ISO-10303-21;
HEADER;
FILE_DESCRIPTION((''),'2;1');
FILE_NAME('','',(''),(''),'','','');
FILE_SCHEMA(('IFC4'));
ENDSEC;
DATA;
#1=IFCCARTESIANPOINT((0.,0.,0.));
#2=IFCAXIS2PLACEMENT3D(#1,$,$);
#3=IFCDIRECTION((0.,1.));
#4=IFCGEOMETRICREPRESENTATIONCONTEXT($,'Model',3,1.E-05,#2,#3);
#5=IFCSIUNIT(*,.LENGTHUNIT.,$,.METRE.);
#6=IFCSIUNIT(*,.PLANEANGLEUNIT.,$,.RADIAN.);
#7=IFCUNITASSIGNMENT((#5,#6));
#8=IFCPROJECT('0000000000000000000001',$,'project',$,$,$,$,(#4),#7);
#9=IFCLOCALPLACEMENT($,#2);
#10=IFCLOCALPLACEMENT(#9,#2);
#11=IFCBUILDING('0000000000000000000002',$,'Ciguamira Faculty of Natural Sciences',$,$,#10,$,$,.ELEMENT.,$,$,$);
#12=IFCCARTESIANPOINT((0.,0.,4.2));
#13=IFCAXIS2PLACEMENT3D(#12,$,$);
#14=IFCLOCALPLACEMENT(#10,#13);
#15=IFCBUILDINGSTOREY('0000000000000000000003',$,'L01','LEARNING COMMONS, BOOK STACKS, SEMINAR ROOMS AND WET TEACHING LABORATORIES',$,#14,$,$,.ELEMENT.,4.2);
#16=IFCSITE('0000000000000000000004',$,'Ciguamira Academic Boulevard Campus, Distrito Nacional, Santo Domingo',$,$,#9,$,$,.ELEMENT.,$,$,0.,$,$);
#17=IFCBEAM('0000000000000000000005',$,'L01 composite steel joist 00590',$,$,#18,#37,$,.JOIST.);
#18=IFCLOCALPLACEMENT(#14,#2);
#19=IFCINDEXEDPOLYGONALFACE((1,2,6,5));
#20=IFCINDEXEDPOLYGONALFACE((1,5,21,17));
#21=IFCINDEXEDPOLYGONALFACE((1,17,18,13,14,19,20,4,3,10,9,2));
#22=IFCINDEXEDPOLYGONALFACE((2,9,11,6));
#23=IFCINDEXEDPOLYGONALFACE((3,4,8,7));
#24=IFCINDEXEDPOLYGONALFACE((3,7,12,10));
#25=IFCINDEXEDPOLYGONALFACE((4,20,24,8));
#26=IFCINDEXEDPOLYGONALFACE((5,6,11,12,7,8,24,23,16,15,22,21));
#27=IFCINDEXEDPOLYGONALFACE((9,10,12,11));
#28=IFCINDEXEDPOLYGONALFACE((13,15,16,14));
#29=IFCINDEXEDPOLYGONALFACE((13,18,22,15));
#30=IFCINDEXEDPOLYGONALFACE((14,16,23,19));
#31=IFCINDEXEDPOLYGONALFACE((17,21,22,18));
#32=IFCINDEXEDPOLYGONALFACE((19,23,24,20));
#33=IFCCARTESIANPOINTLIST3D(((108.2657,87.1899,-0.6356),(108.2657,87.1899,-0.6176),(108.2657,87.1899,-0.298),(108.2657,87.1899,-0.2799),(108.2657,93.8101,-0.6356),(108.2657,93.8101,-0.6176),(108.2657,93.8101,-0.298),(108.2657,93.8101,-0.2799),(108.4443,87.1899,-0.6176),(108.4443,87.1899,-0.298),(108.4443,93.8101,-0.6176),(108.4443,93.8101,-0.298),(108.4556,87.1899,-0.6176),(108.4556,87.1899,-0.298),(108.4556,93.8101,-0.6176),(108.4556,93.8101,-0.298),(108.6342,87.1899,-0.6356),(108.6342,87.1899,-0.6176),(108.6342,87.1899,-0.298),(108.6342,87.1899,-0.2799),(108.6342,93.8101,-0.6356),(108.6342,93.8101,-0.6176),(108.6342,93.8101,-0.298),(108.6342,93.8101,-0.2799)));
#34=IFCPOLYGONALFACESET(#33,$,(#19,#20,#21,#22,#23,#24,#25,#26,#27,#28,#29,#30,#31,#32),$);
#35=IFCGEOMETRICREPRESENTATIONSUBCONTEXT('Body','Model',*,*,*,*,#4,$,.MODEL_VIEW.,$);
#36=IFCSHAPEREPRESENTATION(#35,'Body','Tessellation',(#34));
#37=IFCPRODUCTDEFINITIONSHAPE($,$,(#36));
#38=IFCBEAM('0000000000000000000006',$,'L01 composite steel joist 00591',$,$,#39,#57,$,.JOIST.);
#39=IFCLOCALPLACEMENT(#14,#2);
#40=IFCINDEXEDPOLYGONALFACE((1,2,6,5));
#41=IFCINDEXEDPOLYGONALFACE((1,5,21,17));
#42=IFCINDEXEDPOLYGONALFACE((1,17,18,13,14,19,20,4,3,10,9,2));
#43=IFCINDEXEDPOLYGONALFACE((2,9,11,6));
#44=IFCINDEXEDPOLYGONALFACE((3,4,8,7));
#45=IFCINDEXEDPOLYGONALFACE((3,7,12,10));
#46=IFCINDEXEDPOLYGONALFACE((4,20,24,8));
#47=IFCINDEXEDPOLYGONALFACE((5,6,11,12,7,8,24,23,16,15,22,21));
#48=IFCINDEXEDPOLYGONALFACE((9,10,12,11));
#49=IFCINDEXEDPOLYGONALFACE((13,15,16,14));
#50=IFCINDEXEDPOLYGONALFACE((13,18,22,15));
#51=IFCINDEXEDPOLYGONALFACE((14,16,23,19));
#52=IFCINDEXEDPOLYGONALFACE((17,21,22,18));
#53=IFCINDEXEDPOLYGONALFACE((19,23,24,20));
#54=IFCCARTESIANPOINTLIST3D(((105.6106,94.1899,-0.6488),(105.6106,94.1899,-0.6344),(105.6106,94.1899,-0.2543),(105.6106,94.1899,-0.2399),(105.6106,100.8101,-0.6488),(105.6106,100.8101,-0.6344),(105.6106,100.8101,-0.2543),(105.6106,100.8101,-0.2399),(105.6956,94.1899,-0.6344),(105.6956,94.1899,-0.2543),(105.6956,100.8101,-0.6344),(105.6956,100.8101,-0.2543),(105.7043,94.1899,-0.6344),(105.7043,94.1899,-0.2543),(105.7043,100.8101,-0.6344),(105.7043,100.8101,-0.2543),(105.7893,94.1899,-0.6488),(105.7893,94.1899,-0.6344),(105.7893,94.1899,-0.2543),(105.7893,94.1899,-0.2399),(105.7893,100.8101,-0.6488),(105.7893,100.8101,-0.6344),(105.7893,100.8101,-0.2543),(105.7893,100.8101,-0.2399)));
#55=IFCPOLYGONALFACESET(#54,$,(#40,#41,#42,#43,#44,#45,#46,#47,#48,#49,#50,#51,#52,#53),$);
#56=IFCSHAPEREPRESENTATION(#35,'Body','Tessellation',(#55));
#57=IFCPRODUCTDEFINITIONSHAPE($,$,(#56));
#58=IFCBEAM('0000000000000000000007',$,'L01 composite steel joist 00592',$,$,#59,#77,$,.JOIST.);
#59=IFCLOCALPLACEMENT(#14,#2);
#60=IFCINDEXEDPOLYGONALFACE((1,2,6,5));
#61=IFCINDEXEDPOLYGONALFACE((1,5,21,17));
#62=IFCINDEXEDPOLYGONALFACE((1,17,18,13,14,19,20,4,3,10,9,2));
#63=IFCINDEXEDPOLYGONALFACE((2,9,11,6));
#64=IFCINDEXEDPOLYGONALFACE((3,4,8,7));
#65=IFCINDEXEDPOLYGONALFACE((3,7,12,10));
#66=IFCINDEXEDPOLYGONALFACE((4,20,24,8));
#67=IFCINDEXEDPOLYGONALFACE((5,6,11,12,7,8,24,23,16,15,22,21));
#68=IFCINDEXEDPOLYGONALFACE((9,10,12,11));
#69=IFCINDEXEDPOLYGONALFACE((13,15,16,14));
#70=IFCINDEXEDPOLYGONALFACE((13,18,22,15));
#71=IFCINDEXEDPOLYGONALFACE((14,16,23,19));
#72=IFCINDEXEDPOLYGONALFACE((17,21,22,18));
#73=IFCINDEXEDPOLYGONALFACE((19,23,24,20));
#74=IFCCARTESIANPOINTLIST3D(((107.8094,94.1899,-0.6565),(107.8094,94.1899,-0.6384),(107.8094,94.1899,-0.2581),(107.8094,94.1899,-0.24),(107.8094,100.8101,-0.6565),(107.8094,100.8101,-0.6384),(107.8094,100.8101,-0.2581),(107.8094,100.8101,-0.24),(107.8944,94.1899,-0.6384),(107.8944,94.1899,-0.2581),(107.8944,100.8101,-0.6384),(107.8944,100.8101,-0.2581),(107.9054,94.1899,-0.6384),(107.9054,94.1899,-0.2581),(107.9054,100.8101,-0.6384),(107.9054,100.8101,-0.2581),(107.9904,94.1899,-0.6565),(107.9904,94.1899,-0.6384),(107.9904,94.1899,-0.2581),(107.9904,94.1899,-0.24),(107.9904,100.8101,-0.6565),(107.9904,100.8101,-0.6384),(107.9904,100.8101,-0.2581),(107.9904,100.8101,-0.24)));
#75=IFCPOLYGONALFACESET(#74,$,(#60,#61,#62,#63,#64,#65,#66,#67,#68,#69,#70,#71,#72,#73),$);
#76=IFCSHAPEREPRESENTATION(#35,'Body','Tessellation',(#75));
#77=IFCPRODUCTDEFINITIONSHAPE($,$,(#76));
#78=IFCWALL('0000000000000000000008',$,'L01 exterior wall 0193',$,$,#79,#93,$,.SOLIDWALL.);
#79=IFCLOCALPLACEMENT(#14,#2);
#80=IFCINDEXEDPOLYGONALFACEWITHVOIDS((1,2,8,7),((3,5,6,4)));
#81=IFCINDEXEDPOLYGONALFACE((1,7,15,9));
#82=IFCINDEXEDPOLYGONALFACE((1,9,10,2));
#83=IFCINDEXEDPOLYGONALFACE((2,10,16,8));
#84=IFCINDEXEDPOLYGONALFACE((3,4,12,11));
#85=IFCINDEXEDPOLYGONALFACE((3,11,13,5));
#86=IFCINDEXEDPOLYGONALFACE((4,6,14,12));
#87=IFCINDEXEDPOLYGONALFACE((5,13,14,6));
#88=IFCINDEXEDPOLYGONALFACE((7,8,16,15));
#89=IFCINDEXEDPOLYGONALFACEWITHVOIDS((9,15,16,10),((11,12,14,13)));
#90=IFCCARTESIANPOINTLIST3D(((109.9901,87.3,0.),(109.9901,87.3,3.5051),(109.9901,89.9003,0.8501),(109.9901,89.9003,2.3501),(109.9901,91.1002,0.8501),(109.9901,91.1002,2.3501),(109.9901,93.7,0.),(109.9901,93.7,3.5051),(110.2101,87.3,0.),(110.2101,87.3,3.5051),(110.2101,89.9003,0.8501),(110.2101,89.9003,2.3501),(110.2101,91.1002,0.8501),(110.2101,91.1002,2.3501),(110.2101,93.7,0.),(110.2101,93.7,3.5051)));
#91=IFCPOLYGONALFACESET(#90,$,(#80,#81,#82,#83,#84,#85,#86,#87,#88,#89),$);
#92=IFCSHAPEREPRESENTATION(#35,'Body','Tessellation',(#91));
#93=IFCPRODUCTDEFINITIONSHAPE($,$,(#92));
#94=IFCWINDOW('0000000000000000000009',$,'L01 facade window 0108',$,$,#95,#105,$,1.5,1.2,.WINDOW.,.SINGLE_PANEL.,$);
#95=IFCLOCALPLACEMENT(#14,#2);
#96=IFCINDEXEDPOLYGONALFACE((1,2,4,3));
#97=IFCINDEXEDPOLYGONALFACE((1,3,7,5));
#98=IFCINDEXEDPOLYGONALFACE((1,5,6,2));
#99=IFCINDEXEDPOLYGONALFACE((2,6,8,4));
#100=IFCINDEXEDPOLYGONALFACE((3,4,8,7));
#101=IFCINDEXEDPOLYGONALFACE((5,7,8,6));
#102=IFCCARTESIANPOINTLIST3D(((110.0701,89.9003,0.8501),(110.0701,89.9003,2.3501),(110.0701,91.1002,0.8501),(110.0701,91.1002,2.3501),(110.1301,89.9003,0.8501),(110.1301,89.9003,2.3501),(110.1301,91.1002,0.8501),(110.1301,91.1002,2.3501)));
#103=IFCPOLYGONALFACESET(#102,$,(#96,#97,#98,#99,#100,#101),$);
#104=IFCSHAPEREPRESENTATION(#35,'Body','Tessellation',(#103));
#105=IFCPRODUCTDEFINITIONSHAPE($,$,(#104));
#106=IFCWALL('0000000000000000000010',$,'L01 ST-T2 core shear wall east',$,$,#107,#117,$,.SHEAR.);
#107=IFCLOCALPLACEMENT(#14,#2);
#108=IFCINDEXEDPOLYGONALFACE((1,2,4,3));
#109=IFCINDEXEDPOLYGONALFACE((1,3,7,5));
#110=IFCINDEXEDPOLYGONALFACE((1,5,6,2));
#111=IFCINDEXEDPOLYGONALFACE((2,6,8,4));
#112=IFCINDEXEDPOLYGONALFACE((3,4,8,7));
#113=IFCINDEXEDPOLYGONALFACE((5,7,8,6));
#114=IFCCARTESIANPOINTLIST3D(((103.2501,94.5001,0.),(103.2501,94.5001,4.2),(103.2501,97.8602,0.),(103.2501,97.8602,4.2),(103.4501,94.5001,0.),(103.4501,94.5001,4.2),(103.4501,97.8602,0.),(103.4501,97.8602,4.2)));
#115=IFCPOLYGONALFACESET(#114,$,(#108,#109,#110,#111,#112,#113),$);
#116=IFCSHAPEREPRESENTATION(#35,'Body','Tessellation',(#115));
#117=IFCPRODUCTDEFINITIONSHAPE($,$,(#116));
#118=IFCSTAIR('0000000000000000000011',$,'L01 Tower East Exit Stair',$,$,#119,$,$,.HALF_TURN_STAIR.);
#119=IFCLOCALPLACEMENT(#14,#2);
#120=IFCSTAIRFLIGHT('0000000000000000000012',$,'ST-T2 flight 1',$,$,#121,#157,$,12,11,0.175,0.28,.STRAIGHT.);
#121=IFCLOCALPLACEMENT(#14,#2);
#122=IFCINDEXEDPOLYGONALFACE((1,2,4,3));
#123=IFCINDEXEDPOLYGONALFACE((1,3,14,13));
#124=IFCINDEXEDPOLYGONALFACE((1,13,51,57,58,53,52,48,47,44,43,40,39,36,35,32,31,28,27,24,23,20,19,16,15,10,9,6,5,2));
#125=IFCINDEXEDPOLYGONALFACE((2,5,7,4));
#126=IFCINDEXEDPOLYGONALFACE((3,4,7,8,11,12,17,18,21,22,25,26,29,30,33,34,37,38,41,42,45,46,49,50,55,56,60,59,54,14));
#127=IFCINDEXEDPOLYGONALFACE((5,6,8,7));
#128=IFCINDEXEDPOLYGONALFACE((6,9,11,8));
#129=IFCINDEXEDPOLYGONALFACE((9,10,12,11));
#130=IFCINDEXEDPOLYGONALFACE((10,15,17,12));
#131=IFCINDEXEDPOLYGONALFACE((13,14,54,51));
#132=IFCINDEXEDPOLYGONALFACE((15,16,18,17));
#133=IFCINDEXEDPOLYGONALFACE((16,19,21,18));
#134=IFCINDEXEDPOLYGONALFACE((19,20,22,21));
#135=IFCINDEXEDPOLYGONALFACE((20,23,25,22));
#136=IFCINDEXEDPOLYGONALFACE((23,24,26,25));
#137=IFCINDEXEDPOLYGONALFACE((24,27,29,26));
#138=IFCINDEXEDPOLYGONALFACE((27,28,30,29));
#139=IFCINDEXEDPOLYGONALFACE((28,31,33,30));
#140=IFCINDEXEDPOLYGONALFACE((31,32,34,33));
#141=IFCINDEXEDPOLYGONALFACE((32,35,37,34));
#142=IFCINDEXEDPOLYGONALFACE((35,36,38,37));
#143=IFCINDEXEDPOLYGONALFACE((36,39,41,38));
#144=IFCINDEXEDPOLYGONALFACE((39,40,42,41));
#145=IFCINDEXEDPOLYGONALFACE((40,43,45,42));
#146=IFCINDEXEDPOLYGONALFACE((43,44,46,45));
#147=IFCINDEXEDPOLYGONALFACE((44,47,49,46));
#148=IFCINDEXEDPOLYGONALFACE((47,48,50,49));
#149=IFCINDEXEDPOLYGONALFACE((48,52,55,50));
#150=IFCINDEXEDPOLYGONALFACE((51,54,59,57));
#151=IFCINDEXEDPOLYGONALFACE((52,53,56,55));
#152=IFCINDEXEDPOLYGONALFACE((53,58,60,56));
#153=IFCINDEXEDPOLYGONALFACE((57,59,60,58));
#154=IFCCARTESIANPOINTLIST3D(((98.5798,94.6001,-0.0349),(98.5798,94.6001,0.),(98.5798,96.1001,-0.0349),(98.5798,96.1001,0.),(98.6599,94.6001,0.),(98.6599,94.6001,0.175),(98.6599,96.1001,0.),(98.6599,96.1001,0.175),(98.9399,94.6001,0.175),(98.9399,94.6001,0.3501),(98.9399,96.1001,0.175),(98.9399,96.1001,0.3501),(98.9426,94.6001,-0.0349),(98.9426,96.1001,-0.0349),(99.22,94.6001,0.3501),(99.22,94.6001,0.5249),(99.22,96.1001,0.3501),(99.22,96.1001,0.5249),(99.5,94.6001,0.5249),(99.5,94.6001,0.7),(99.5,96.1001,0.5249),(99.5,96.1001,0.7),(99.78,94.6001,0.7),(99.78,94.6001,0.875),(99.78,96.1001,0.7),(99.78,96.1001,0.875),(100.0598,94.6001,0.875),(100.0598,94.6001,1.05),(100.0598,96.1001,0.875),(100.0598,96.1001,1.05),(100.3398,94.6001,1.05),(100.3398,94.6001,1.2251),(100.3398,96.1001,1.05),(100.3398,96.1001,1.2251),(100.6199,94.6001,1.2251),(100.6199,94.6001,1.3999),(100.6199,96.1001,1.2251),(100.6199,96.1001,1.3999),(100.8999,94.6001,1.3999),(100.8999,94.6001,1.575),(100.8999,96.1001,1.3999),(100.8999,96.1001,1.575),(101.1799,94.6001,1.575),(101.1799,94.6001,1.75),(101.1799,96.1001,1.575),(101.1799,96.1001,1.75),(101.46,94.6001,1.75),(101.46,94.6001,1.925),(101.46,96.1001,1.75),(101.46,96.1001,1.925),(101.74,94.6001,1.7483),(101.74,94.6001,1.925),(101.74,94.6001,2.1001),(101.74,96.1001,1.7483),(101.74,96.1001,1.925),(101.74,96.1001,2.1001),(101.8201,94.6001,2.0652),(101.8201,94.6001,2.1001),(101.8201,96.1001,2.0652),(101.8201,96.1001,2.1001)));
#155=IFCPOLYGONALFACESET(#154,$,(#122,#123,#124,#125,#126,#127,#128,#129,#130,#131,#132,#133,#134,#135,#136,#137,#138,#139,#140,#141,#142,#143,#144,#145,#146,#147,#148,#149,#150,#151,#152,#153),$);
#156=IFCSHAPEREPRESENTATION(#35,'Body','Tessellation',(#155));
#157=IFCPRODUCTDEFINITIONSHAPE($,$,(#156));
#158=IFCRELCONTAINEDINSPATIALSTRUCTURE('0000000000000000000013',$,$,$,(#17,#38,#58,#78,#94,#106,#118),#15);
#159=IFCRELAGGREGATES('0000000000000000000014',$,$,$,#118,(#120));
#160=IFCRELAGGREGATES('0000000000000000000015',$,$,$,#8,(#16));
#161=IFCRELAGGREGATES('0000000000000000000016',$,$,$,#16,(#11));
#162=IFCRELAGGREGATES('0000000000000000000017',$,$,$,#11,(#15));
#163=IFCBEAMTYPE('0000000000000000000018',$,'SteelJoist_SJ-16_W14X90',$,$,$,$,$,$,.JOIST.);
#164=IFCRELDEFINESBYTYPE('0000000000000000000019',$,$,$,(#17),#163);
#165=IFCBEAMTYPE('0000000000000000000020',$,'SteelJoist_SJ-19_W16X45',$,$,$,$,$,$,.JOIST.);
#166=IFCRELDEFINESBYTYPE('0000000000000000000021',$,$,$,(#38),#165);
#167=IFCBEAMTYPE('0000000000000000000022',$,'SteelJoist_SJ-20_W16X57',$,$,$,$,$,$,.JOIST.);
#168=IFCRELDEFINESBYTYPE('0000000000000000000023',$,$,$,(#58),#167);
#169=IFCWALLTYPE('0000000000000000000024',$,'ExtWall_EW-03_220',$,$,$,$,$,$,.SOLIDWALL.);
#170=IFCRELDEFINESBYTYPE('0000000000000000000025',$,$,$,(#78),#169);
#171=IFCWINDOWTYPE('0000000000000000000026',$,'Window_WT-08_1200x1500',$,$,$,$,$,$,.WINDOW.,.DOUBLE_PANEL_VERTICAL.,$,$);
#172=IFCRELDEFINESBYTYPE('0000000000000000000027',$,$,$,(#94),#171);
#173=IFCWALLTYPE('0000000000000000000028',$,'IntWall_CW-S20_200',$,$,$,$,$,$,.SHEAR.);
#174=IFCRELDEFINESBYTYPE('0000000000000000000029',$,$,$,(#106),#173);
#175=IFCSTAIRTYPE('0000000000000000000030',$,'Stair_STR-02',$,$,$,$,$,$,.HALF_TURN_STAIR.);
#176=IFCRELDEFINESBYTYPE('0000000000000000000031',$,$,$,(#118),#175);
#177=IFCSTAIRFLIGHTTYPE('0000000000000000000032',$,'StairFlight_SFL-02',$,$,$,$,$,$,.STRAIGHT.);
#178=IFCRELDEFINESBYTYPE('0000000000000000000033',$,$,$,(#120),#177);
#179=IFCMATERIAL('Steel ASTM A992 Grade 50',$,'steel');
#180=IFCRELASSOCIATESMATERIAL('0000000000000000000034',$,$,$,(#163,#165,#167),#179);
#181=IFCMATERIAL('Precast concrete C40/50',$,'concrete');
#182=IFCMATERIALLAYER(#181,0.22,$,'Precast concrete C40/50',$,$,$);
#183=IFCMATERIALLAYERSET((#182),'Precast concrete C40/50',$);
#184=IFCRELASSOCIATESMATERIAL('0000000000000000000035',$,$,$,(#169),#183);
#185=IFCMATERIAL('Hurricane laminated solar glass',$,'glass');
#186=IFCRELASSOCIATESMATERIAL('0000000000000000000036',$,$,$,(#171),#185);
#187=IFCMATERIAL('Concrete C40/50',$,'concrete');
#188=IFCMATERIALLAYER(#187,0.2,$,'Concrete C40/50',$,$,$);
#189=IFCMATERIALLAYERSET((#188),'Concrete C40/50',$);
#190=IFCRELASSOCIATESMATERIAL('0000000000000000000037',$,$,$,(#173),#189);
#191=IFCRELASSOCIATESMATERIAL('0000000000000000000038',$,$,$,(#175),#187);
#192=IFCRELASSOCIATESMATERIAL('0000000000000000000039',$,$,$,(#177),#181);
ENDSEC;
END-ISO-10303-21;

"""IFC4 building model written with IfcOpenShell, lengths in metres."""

from ifc_helpers import new_model, si_unit, direction, frame, frame_2d, origin, origin_2d, place, context, subcontext, project, spatial, polyline, rectangle, i_section, outline, extrude, material, layer, layer_set, material_profile, profile_set, type_object, element, fill, aggregate, save


model = new_model("IFC4")

# Units and contexts
model_context = context("Model", 3, precision=1e-05, world=origin(), true_north=direction((0.0, 1.0)))
body_context = subcontext(model_context, "Body", "Model", "MODEL_VIEW")
ifc_project = project(units=[si_unit("LENGTHUNIT", "METRE"), si_unit("PLANEANGLEUNIT", "RADIAN")], contexts=[model_context])

# Site, building, storey
site_placement = place(None, origin())
site = spatial("IfcSite", under=ifc_project, at=site_placement, Name="Ciguamira Academic Boulevard Campus, Distrito Nacional, Santo Domingo", CompositionType="ELEMENT", RefElevation=0.0)
building_placement = place(site_placement, origin())
building = spatial("IfcBuilding", under=site, at=building_placement, Name="Ciguamira Faculty of Natural Sciences", CompositionType="ELEMENT")
storey_placement = place(building_placement, frame((0.0, 0.0, 4.2)))
storey = spatial("IfcBuildingStorey", under=building, at=storey_placement, Name="L01", Description="LEARNING COMMONS, BOOK STACKS, SEMINAR ROOMS AND WET TEACHING LABORATORIES", CompositionType="ELEMENT", Elevation=4.2)

# Shared definitions
ifc_material_1 = material(Name="Concrete C40/50", Category="concrete")

# Beams
ifc_material_2 = material(Name="Precast concrete C40/50", Category="concrete")
ifc_material_3 = material(Name="Steel ASTM A992 Grade 50", Category="steel")
ifc_material_profile_1 = material_profile(ifc_material_3, i_section(OverallWidth=0.3684, OverallDepth=0.3557, WebThickness=0.0112, FlangeThickness=0.0181, at=origin_2d()), Name="W14X90")
ifc_profile_set_1 = profile_set([ifc_material_profile_1], Name="Steel ASTM A992 Grade 50")
beam_type_1 = type_object("IfcBeamType", Name="SteelJoist_SJ-16_W14X90", PredefinedType="JOIST", material=ifc_profile_set_1)
beam_1_placement = place(storey_placement, frame((108.45, 87.1899, -0.4578), z_axis=(0.0, 1.0, 0.0), x_axis=(-1.0, 0.0, 0.0)))
element("IfcBeam", 1, at=beam_1_placement, inside=storey, type_object=beam_type_1, Name="L01 composite steel joist 00590", PredefinedType="JOIST", context=body_context, shape_type="SweptSolid", body=[
    extrude(i_section(OverallWidth=0.3684, OverallDepth=0.3557, WebThickness=0.0112, FlangeThickness=0.0181, at=origin_2d()), origin(), (0.0, 0.0, 1.0), 6.6201),
])
ifc_material_profile_2 = material_profile(ifc_material_3, i_section(OverallWidth=0.1787, OverallDepth=0.4089, WebThickness=0.0088, FlangeThickness=0.0144, at=origin_2d()), Name="W16X45")
ifc_profile_set_2 = profile_set([ifc_material_profile_2], Name="Steel ASTM A992 Grade 50")
beam_type_2 = type_object("IfcBeamType", Name="SteelJoist_SJ-19_W16X45", PredefinedType="JOIST", material=ifc_profile_set_2)
beam_2_placement = place(storey_placement, frame((105.7, 94.1899, -0.4443), z_axis=(0.0, 1.0, 0.0), x_axis=(-1.0, 0.0, 0.0)))
element("IfcBeam", 2, at=beam_2_placement, inside=storey, type_object=beam_type_2, Name="L01 composite steel joist 00591", PredefinedType="JOIST", context=body_context, shape_type="SweptSolid", body=[
    extrude(i_section(OverallWidth=0.1787, OverallDepth=0.4089, WebThickness=0.0088, FlangeThickness=0.0144, at=origin_2d()), origin(), (0.0, 0.0, 1.0), 6.6201),
])
ifc_material_profile_3 = material_profile(ifc_material_3, i_section(OverallWidth=0.1809, OverallDepth=0.4165, WebThickness=0.011, FlangeThickness=0.0181, at=origin_2d()), Name="W16X57")
ifc_profile_set_3 = profile_set([ifc_material_profile_3], Name="Steel ASTM A992 Grade 50")
beam_type_3 = type_object("IfcBeamType", Name="SteelJoist_SJ-20_W16X57", PredefinedType="JOIST", material=ifc_profile_set_3)
beam_3_placement = place(storey_placement, frame((107.8999, 94.1899, -0.4482), z_axis=(0.0, 1.0, 0.0), x_axis=(-1.0, 0.0, 0.0)))
element("IfcBeam", 3, at=beam_3_placement, inside=storey, type_object=beam_type_3, Name="L01 composite steel joist 00592", PredefinedType="JOIST", context=body_context, shape_type="SweptSolid", body=[
    extrude(i_section(OverallWidth=0.1809, OverallDepth=0.4165, WebThickness=0.011, FlangeThickness=0.0181, at=origin_2d()), origin(), (0.0, 0.0, 1.0), 6.6201),
])

# Wall, opening, window
ifc_layer_1 = layer(ifc_material_2, 0.22, Name="Precast concrete C40/50")
ifc_layer_set_1 = layer_set([ifc_layer_1], Name="Precast concrete C40/50")
wall_type_1 = type_object("IfcWallType", Name="ExtWall_EW-03_220", PredefinedType="SOLIDWALL", material=ifc_layer_set_1)
wall_1_placement = place(storey_placement, frame((110.1001, 87.3, 0.0), z_axis=(0.0, 0.0, 1.0), x_axis=(0.0, 1.0, 0.0)))
wall_1 = element("IfcWall", 4, at=wall_1_placement, inside=storey, type_object=wall_type_1, Name="L01 exterior wall 0193", PredefinedType="SOLIDWALL", context=body_context, shape_type="SweptSolid", body=[
    extrude(rectangle(XDim=6.3999, YDim=0.22, at=frame_2d((3.2, 0.0))), origin(), (0.0, 0.0, 1.0), 3.5051),
])
opening_placement = place(wall_1_placement, frame((2.6001, 0.0, 0.8501)))
opening = element("IfcOpeningElement", 5, at=opening_placement, cuts=wall_1, PredefinedType="OPENING", context=body_context, shape_type="SweptSolid", body=[
    extrude(rectangle(XDim=1.2, YDim=1.5, at=frame_2d((0.6001, 0.75))), frame((0.0, 0.1199, 0.0), z_axis=(0.0, -1.0, 0.0), x_axis=(1.0, 0.0, 0.0)), (0.0, 0.0, 1.0), 0.24),
])
ifc_material_4 = material(Name="Hurricane laminated solar glass", Category="glass")
window_type = type_object("IfcWindowType", Name="Window_WT-08_1200x1500", PartitioningType="DOUBLE_PANEL_VERTICAL", PredefinedType="WINDOW", material=ifc_material_4)
window_placement = place(opening_placement, origin())
window = element("IfcWindow", 6, at=window_placement, inside=storey, type_object=window_type, Name="L01 facade window 0108", OverallHeight=1.5, OverallWidth=1.2, PartitioningType="SINGLE_PANEL", PredefinedType="WINDOW", context=body_context, shape_type="SweptSolid", body=[
    extrude(rectangle(XDim=1.2, YDim=1.5, at=frame_2d((0.6001, 0.75))), frame((0.0, 0.03, 0.0), z_axis=(0.0, -1.0, 0.0), x_axis=(1.0, 0.0, 0.0)), (0.0, 0.0, 1.0), 0.0601),
])
fill(opening, window)

# Wall
ifc_layer_2 = layer(ifc_material_1, 0.2, Name="Concrete C40/50")
ifc_layer_set_2 = layer_set([ifc_layer_2], Name="Concrete C40/50")
wall_type_2 = type_object("IfcWallType", Name="IntWall_CW-S20_200", PredefinedType="SHEAR", material=ifc_layer_set_2)
wall_2_placement = place(storey_placement, frame((103.3501, 94.5, 0.0), z_axis=(0.0, 0.0, 1.0), x_axis=(0.0, 1.0, 0.0)))
element("IfcWall", 7, at=wall_2_placement, inside=storey, type_object=wall_type_2, Name="L01 ST-T2 core shear wall east", PredefinedType="SHEAR", context=body_context, shape_type="SweptSolid", body=[
    extrude(rectangle(XDim=3.3601, YDim=0.2, at=frame_2d((1.6802, 0.0))), origin(), (0.0, 0.0, 1.0), 4.2),
])

# Stair, stair flight
stair_type = type_object("IfcStairType", Name="Stair_STR-02", PredefinedType="HALF_TURN_STAIR", material=ifc_material_1)
stair_placement = place(storey_placement, origin())
stair = element("IfcStair", 8, at=stair_placement, inside=storey, type_object=stair_type, Name="L01 Tower East Exit Stair", PredefinedType="HALF_TURN_STAIR")
stair_flight_type = type_object("IfcStairFlightType", Name="StairFlight_SFL-02", PredefinedType="STRAIGHT", material=ifc_material_2)
stair_flight_1_placement = place(storey_placement, frame((98.6599, 95.3501, 0.0), z_axis=(0.0, 0.0, 1.0), x_axis=(1.0, 0.0, 0.0)))
stair_flight_1 = element("IfcStairFlight", 9, at=stair_flight_1_placement, type_object=stair_flight_type, Name="ST-T2 flight 1", NumberOfRisers=12, NumberOfTreads=11, PredefinedType="STRAIGHT", RiserHeight=0.175, TreadLength=0.28, context=body_context, shape_type="SweptSolid", body=[
    extrude(outline(polyline([(-0.0801, -0.0349), (-0.0801, 0.0), (0.0, 0.0), (0.0, 0.175), (0.28, 0.175), (0.28, 0.3501), (0.5601, 0.3501), (0.5601, 0.5249), (0.8401, 0.5249), (0.8401, 0.7), (1.1201, 0.7), (1.1201, 0.875), (1.3999, 0.875), (1.3999, 1.05), (1.6799, 1.05), (1.6799, 1.2251), (1.96, 1.2251), (1.96, 1.3999), (2.24, 1.3999), (2.24, 1.575), (2.52, 1.575), (2.52, 1.75), (2.8, 1.75), (2.8, 1.925), (3.0801, 1.925), (3.0801, 2.1001), (3.1602, 2.1001), (3.1602, 2.0652), (3.0801, 1.7483), (0.2827, -0.0349), (-0.0801, -0.0349)])), frame((0.0, 0.75, 0.0), z_axis=(0.0, -1.0, 0.0), x_axis=(1.0, 0.0, 0.0)), (0.0, 0.0, 1.0), 1.5),
])
aggregate(stair, [stair_flight_1])

save(model, "model.ifc")
